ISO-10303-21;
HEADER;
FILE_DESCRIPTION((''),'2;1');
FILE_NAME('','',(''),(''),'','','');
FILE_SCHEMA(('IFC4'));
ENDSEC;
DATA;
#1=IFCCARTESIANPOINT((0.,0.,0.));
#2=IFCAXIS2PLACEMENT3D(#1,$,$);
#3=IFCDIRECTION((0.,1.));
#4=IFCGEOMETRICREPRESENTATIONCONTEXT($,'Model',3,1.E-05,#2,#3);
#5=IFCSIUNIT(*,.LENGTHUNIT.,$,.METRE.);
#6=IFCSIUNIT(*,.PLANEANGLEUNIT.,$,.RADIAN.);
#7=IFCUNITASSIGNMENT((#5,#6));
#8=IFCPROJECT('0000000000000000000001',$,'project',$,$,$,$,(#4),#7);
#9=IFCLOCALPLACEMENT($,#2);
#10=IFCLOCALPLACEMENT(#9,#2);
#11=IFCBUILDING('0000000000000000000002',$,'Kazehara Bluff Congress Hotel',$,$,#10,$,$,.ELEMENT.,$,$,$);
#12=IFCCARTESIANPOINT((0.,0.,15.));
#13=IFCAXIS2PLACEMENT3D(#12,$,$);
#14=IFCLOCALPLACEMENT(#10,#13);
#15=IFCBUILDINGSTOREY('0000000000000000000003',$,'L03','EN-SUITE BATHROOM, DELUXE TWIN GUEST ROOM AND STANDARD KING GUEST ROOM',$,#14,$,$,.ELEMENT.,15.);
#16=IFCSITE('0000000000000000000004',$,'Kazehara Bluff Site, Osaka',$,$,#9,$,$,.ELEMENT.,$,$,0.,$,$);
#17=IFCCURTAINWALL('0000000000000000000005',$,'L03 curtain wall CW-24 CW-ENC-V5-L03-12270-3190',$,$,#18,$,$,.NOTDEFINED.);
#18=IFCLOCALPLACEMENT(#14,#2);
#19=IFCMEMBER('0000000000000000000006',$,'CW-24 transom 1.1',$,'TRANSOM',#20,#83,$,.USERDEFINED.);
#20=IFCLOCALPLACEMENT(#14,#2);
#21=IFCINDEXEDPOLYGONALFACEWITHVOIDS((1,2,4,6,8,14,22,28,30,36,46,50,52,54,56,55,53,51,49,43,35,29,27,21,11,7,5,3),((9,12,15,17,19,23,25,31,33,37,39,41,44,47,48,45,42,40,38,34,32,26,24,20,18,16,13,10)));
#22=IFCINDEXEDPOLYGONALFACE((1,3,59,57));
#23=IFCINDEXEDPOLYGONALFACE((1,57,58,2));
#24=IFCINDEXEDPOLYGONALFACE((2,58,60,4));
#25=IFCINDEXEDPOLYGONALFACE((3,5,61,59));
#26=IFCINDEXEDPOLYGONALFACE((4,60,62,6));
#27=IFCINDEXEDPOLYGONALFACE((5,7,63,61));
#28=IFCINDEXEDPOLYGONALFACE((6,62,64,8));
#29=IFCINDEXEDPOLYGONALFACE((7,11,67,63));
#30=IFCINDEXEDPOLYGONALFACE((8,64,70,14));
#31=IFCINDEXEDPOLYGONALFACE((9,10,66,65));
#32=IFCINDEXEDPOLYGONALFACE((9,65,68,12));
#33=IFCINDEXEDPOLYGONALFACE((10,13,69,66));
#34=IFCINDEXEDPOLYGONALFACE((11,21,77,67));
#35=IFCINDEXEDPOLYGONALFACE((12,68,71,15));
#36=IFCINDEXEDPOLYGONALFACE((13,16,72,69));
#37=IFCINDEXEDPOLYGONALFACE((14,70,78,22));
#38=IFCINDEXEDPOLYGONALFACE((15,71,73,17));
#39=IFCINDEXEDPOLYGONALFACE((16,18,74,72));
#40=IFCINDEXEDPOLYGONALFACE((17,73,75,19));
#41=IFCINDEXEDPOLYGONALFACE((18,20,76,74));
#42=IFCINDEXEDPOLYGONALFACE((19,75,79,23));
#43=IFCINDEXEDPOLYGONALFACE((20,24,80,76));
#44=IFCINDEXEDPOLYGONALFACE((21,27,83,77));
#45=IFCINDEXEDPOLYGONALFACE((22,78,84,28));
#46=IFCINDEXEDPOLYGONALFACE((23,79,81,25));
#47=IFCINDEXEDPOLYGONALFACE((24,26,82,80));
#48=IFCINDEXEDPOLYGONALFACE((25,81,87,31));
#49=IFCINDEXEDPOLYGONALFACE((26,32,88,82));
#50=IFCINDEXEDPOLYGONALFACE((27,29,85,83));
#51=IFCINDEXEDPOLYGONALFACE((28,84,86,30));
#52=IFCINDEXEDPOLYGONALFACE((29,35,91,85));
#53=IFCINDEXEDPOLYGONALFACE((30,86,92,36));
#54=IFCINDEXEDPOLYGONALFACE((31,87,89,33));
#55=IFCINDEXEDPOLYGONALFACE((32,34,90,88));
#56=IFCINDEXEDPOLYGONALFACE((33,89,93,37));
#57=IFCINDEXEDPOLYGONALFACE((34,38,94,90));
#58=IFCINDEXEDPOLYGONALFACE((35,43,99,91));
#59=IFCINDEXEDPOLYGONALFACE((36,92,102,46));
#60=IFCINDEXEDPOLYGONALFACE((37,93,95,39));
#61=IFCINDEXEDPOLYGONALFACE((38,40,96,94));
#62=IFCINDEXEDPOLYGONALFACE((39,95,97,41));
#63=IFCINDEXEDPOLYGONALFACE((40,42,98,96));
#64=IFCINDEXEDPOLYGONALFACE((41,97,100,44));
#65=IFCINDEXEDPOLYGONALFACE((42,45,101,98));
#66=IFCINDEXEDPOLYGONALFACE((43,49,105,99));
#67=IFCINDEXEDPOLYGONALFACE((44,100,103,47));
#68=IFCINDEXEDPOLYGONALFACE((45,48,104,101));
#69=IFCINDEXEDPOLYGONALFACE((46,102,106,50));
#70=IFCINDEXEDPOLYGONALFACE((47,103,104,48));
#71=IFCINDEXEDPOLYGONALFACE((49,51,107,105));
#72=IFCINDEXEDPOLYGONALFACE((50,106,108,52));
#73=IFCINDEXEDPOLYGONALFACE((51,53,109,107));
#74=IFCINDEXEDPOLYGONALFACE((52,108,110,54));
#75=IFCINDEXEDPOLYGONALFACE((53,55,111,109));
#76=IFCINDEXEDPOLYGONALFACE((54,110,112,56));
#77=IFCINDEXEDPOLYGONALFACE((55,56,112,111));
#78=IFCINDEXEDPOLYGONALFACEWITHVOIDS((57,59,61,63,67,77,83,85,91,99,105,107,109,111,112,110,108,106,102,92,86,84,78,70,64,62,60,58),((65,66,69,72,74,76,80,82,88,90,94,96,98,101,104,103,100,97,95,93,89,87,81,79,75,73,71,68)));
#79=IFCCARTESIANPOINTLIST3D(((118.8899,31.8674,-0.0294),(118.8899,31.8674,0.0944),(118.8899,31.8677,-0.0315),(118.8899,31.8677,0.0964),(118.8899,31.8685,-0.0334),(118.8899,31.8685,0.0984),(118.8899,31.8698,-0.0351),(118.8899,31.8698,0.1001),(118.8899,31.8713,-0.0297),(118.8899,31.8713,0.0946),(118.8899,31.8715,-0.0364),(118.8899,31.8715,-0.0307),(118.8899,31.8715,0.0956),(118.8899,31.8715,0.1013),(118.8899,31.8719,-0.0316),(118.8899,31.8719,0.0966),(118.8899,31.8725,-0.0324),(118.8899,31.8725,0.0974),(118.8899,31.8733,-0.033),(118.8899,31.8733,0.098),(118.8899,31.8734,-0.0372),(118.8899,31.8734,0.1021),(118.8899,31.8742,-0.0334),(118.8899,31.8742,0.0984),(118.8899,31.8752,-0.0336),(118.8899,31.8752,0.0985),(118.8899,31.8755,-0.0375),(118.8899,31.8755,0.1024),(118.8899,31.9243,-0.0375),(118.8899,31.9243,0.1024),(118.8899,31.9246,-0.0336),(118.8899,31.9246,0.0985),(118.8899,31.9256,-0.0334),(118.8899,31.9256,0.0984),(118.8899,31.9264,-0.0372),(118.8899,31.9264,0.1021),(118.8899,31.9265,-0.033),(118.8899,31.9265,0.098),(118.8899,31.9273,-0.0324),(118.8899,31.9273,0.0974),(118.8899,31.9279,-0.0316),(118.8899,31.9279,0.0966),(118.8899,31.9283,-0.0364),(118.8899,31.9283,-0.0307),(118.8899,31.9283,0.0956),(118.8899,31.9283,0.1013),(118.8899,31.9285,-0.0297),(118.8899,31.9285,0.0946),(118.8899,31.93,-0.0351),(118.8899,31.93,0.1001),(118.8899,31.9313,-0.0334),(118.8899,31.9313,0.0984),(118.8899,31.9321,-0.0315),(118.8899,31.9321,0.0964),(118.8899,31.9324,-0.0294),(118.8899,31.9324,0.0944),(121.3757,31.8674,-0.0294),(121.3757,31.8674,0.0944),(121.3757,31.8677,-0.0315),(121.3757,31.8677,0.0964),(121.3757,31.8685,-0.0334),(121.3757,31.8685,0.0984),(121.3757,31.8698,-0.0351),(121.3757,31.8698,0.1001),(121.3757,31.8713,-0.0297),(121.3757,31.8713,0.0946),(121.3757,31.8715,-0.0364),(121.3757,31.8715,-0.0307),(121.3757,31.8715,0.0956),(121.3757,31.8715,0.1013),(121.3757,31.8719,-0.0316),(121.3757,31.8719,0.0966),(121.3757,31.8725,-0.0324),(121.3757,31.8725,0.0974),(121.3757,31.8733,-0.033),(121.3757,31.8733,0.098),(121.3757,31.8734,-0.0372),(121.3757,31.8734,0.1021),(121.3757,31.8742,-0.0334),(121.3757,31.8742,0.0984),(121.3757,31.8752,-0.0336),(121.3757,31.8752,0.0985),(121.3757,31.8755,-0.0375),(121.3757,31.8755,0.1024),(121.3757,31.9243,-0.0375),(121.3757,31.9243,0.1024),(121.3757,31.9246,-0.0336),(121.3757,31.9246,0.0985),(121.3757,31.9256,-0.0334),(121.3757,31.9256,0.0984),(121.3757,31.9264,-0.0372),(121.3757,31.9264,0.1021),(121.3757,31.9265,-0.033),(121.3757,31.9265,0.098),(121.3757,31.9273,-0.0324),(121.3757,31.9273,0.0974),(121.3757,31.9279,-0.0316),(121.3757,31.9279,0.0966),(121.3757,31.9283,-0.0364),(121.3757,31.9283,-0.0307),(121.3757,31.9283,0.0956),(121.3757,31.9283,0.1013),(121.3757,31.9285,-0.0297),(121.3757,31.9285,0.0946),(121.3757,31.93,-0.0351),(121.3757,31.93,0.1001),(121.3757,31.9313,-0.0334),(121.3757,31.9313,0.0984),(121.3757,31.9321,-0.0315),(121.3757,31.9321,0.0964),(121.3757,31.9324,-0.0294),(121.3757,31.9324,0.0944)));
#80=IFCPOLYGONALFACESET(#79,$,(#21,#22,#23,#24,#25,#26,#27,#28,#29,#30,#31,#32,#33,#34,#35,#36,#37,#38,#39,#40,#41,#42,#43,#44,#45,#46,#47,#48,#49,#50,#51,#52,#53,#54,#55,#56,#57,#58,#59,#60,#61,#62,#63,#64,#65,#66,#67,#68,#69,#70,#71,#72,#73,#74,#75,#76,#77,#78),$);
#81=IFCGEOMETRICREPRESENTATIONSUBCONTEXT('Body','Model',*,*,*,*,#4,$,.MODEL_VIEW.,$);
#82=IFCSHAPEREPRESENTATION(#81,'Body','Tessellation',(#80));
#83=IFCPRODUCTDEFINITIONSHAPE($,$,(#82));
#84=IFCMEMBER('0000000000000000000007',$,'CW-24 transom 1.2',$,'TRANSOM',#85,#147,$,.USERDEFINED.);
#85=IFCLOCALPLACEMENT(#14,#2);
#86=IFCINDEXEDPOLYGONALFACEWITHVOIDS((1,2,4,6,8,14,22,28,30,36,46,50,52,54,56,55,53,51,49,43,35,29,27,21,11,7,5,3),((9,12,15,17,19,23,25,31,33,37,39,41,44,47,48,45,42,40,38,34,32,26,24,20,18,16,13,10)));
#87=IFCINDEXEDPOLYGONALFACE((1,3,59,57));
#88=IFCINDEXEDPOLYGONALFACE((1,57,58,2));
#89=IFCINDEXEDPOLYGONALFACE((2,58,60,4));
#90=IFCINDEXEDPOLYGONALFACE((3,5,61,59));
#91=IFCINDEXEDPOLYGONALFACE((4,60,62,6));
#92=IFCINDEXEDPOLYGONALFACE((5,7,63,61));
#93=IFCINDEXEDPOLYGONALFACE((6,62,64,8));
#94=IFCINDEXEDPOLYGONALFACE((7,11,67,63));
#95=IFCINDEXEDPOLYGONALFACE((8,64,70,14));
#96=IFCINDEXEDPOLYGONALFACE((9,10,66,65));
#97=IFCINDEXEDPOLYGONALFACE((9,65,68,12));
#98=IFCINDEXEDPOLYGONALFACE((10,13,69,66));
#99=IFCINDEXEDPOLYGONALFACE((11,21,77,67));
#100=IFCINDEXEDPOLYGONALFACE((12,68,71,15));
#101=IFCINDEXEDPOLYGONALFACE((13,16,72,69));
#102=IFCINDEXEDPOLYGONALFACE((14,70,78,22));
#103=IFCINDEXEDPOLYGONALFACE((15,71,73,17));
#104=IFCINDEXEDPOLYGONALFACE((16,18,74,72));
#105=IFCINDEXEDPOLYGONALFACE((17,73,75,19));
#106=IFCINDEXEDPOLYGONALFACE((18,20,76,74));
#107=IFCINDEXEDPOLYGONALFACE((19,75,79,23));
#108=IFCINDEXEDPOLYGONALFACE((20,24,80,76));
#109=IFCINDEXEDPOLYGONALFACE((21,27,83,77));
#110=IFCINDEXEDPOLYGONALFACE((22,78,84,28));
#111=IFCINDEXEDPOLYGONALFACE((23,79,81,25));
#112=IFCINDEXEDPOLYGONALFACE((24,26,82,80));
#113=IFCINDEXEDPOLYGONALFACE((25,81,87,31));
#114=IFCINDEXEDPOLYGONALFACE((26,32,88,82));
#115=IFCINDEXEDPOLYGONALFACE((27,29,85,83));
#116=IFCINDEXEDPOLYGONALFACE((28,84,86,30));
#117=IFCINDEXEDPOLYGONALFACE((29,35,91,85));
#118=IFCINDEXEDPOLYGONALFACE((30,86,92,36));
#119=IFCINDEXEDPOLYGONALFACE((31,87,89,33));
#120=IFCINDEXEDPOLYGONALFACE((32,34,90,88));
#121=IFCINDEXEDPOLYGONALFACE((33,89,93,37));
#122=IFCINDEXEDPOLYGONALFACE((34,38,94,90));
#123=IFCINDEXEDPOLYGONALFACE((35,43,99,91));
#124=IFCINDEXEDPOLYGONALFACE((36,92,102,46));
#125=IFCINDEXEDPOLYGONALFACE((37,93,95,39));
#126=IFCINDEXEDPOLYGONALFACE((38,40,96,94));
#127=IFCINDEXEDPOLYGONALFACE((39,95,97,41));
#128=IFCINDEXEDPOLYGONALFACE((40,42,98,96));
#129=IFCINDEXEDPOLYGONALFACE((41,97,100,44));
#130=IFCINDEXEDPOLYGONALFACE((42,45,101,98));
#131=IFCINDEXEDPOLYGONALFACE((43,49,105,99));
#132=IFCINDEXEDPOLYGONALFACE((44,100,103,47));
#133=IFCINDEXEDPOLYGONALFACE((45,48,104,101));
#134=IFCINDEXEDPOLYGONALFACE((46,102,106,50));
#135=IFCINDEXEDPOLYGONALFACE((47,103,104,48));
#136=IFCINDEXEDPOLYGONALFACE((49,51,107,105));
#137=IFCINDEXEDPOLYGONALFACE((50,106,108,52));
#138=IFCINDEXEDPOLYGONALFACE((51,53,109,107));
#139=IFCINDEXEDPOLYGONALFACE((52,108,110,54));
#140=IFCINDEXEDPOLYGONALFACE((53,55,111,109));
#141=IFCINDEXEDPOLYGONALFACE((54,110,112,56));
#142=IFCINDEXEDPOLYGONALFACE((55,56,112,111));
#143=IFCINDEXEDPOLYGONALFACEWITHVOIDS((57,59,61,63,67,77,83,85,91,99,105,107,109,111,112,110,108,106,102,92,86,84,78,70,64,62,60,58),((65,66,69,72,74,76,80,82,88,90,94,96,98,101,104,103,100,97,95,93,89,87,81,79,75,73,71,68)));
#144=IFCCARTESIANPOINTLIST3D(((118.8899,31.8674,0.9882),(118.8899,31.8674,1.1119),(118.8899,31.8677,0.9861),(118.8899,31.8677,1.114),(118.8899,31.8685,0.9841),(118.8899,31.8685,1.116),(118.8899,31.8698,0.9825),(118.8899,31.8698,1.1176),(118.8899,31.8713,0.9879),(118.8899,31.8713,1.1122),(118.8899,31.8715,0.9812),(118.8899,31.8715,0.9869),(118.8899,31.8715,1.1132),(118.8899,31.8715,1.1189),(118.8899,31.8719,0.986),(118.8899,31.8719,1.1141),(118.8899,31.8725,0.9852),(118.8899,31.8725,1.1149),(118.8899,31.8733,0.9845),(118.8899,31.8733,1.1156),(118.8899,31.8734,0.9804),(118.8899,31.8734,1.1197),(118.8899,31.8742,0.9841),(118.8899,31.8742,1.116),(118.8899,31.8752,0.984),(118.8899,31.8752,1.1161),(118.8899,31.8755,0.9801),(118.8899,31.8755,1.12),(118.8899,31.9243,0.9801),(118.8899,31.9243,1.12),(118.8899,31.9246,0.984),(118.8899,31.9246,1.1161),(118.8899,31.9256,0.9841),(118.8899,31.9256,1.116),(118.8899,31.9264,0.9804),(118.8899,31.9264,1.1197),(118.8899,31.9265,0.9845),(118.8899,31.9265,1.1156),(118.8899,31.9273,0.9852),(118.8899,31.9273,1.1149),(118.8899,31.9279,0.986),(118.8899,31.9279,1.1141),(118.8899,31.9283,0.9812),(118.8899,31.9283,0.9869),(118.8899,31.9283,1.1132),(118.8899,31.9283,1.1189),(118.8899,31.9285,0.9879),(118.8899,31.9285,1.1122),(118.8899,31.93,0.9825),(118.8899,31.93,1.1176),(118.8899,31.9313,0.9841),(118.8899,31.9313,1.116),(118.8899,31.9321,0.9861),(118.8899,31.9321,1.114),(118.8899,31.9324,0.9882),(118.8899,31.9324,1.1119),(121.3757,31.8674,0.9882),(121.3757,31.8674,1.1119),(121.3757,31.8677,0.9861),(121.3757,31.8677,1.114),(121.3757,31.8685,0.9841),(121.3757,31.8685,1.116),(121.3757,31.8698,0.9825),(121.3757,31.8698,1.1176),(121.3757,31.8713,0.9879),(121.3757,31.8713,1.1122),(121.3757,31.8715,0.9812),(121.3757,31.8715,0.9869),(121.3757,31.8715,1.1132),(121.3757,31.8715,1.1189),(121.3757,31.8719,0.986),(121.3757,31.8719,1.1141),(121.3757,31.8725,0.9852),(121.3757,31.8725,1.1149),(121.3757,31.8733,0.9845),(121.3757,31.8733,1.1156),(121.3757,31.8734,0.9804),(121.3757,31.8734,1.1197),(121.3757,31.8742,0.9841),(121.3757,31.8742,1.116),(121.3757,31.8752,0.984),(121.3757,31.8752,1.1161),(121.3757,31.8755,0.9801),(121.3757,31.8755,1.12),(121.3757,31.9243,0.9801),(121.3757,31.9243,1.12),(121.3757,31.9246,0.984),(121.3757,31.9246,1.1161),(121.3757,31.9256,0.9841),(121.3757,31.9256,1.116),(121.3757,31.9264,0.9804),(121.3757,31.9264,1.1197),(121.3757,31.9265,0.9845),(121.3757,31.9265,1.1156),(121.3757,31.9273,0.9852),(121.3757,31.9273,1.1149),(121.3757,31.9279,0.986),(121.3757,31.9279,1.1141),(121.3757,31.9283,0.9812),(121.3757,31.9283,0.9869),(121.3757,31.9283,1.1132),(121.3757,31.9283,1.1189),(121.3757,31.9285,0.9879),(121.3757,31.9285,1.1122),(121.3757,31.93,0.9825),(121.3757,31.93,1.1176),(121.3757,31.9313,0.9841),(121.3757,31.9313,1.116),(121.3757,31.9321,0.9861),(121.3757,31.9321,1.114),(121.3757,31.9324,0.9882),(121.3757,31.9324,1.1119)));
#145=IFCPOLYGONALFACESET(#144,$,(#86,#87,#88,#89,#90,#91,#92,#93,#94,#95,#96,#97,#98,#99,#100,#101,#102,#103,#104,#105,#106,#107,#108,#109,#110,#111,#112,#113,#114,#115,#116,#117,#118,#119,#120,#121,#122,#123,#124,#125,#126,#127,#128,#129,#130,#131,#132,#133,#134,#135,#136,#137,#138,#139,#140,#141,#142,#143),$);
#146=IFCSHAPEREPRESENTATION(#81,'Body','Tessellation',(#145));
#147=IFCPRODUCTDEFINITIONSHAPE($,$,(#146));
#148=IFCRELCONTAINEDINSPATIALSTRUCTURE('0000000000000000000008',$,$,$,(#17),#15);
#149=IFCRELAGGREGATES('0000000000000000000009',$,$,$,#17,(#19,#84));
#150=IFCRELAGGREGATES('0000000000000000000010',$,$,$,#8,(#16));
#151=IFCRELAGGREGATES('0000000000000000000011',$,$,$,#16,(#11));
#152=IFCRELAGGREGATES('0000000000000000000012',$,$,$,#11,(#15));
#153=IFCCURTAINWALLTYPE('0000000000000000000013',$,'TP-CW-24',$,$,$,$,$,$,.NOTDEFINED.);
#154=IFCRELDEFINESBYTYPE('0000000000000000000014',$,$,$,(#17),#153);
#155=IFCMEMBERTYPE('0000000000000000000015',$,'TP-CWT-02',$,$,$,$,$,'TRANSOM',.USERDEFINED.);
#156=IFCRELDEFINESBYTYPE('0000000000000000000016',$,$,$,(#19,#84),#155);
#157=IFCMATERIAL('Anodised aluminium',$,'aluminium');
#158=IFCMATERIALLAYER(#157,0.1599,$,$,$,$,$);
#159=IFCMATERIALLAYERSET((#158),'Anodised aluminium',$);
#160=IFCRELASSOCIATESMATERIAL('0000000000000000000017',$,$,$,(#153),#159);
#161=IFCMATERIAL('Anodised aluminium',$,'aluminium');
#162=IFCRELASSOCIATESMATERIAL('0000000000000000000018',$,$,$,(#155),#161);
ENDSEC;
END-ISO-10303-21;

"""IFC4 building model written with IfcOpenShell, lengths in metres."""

from ifc_helpers import new_model, si_unit, direction, frame, origin, origin_2d, place, context, subcontext, project, spatial, hollow_rectangle, extrude, material, layer, layer_set, material_profile, profile_set, type_object, element, aggregate, save


model = new_model("IFC4")

# Units and contexts
model_context = context("Model", 3, precision=1e-05, world=origin(), true_north=direction((0.0, 1.0)))
body_context = subcontext(model_context, "Body", "Model", "MODEL_VIEW")
ifc_project = project(units=[si_unit("LENGTHUNIT", "METRE"), si_unit("PLANEANGLEUNIT", "RADIAN")], contexts=[model_context])

# Site, building, storey
site_placement = place(None, origin())
site = spatial("IfcSite", under=ifc_project, at=site_placement, Name="Kazehara Bluff Site, Osaka", CompositionType="ELEMENT", RefElevation=0.0)
building_placement = place(site_placement, origin())
building = spatial("IfcBuilding", under=site, at=building_placement, Name="Kazehara Bluff Congress Hotel", CompositionType="ELEMENT")
storey_placement = place(building_placement, frame((0.0, 0.0, 15.0)))
storey = spatial("IfcBuildingStorey", under=building, at=storey_placement, Name="L03", Description="EN-SUITE BATHROOM, DELUXE TWIN GUEST ROOM AND STANDARD KING GUEST ROOM", CompositionType="ELEMENT", Elevation=15.0)

# Curtain wall
ifc_material_1 = material(Name="Anodised aluminium", Category="aluminium")
ifc_layer_1 = layer(ifc_material_1, 0.1599)
ifc_layer_set_1 = layer_set([ifc_layer_1], Name="Anodised aluminium")
curtain_wall_type_1 = type_object("IfcCurtainWallType", Name="TP-CW-24", PredefinedType="NOTDEFINED", material=ifc_layer_set_1)
curtain_wall_1_placement = place(storey_placement, origin())
curtain_wall_1 = element("IfcCurtainWall", 1, at=curtain_wall_1_placement, inside=storey, type_object=curtain_wall_type_1, Name="L03 curtain wall CW-24 CW-ENC-V5-L03-12270-3190", PredefinedType="NOTDEFINED")

# Members
ifc_material_2 = material(Name="Anodised aluminium", Category="aluminium")
ifc_material_profile_1 = material_profile(ifc_material_2, hollow_rectangle(XDim=0.0649, YDim=0.1399, WallThickness=0.0039, InnerFilletRadius=0.0039, OuterFilletRadius=0.0081, at=origin_2d()))
ifc_profile_set_1 = profile_set([ifc_material_profile_1], Name="Anodised aluminium")
member_type_1 = type_object("IfcMemberType", Name="TP-CWT-02", ElementType="TRANSOM", PredefinedType="USERDEFINED", material=ifc_profile_set_1)
member_1_placement = place(storey_placement, frame((118.8899, 31.8999, 0.0325), z_axis=(1.0, 0.0, 0.0), x_axis=(0.0, 1.0, 0.0)))
member_1 = element("IfcMember", 2, at=member_1_placement, type_object=member_type_1, Name="CW-24 transom 1.1", ObjectType="TRANSOM", PredefinedType="USERDEFINED", context=body_context, shape_type="SweptSolid", body=[
    extrude(hollow_rectangle(XDim=0.0649, YDim=0.1399, WallThickness=0.0039, InnerFilletRadius=0.0039, OuterFilletRadius=0.0081, at=origin_2d()), origin(), (0.0, 0.0, 1.0), 2.4858),
])
member_2_placement = place(storey_placement, frame((118.8899, 31.8999, 1.05), z_axis=(1.0, 0.0, 0.0), x_axis=(0.0, 1.0, 0.0)))
member_2 = element("IfcMember", 3, at=member_2_placement, type_object=member_type_1, Name="CW-24 transom 1.2", ObjectType="TRANSOM", PredefinedType="USERDEFINED", context=body_context, shape_type="SweptSolid", body=[
    extrude(hollow_rectangle(XDim=0.0649, YDim=0.1399, WallThickness=0.0039, InnerFilletRadius=0.0039, OuterFilletRadius=0.0081, at=origin_2d()), origin(), (0.0, 0.0, 1.0), 2.4858),
])

aggregate(curtain_wall_1, [member_1, member_2])

save(model, "model.ifc")
